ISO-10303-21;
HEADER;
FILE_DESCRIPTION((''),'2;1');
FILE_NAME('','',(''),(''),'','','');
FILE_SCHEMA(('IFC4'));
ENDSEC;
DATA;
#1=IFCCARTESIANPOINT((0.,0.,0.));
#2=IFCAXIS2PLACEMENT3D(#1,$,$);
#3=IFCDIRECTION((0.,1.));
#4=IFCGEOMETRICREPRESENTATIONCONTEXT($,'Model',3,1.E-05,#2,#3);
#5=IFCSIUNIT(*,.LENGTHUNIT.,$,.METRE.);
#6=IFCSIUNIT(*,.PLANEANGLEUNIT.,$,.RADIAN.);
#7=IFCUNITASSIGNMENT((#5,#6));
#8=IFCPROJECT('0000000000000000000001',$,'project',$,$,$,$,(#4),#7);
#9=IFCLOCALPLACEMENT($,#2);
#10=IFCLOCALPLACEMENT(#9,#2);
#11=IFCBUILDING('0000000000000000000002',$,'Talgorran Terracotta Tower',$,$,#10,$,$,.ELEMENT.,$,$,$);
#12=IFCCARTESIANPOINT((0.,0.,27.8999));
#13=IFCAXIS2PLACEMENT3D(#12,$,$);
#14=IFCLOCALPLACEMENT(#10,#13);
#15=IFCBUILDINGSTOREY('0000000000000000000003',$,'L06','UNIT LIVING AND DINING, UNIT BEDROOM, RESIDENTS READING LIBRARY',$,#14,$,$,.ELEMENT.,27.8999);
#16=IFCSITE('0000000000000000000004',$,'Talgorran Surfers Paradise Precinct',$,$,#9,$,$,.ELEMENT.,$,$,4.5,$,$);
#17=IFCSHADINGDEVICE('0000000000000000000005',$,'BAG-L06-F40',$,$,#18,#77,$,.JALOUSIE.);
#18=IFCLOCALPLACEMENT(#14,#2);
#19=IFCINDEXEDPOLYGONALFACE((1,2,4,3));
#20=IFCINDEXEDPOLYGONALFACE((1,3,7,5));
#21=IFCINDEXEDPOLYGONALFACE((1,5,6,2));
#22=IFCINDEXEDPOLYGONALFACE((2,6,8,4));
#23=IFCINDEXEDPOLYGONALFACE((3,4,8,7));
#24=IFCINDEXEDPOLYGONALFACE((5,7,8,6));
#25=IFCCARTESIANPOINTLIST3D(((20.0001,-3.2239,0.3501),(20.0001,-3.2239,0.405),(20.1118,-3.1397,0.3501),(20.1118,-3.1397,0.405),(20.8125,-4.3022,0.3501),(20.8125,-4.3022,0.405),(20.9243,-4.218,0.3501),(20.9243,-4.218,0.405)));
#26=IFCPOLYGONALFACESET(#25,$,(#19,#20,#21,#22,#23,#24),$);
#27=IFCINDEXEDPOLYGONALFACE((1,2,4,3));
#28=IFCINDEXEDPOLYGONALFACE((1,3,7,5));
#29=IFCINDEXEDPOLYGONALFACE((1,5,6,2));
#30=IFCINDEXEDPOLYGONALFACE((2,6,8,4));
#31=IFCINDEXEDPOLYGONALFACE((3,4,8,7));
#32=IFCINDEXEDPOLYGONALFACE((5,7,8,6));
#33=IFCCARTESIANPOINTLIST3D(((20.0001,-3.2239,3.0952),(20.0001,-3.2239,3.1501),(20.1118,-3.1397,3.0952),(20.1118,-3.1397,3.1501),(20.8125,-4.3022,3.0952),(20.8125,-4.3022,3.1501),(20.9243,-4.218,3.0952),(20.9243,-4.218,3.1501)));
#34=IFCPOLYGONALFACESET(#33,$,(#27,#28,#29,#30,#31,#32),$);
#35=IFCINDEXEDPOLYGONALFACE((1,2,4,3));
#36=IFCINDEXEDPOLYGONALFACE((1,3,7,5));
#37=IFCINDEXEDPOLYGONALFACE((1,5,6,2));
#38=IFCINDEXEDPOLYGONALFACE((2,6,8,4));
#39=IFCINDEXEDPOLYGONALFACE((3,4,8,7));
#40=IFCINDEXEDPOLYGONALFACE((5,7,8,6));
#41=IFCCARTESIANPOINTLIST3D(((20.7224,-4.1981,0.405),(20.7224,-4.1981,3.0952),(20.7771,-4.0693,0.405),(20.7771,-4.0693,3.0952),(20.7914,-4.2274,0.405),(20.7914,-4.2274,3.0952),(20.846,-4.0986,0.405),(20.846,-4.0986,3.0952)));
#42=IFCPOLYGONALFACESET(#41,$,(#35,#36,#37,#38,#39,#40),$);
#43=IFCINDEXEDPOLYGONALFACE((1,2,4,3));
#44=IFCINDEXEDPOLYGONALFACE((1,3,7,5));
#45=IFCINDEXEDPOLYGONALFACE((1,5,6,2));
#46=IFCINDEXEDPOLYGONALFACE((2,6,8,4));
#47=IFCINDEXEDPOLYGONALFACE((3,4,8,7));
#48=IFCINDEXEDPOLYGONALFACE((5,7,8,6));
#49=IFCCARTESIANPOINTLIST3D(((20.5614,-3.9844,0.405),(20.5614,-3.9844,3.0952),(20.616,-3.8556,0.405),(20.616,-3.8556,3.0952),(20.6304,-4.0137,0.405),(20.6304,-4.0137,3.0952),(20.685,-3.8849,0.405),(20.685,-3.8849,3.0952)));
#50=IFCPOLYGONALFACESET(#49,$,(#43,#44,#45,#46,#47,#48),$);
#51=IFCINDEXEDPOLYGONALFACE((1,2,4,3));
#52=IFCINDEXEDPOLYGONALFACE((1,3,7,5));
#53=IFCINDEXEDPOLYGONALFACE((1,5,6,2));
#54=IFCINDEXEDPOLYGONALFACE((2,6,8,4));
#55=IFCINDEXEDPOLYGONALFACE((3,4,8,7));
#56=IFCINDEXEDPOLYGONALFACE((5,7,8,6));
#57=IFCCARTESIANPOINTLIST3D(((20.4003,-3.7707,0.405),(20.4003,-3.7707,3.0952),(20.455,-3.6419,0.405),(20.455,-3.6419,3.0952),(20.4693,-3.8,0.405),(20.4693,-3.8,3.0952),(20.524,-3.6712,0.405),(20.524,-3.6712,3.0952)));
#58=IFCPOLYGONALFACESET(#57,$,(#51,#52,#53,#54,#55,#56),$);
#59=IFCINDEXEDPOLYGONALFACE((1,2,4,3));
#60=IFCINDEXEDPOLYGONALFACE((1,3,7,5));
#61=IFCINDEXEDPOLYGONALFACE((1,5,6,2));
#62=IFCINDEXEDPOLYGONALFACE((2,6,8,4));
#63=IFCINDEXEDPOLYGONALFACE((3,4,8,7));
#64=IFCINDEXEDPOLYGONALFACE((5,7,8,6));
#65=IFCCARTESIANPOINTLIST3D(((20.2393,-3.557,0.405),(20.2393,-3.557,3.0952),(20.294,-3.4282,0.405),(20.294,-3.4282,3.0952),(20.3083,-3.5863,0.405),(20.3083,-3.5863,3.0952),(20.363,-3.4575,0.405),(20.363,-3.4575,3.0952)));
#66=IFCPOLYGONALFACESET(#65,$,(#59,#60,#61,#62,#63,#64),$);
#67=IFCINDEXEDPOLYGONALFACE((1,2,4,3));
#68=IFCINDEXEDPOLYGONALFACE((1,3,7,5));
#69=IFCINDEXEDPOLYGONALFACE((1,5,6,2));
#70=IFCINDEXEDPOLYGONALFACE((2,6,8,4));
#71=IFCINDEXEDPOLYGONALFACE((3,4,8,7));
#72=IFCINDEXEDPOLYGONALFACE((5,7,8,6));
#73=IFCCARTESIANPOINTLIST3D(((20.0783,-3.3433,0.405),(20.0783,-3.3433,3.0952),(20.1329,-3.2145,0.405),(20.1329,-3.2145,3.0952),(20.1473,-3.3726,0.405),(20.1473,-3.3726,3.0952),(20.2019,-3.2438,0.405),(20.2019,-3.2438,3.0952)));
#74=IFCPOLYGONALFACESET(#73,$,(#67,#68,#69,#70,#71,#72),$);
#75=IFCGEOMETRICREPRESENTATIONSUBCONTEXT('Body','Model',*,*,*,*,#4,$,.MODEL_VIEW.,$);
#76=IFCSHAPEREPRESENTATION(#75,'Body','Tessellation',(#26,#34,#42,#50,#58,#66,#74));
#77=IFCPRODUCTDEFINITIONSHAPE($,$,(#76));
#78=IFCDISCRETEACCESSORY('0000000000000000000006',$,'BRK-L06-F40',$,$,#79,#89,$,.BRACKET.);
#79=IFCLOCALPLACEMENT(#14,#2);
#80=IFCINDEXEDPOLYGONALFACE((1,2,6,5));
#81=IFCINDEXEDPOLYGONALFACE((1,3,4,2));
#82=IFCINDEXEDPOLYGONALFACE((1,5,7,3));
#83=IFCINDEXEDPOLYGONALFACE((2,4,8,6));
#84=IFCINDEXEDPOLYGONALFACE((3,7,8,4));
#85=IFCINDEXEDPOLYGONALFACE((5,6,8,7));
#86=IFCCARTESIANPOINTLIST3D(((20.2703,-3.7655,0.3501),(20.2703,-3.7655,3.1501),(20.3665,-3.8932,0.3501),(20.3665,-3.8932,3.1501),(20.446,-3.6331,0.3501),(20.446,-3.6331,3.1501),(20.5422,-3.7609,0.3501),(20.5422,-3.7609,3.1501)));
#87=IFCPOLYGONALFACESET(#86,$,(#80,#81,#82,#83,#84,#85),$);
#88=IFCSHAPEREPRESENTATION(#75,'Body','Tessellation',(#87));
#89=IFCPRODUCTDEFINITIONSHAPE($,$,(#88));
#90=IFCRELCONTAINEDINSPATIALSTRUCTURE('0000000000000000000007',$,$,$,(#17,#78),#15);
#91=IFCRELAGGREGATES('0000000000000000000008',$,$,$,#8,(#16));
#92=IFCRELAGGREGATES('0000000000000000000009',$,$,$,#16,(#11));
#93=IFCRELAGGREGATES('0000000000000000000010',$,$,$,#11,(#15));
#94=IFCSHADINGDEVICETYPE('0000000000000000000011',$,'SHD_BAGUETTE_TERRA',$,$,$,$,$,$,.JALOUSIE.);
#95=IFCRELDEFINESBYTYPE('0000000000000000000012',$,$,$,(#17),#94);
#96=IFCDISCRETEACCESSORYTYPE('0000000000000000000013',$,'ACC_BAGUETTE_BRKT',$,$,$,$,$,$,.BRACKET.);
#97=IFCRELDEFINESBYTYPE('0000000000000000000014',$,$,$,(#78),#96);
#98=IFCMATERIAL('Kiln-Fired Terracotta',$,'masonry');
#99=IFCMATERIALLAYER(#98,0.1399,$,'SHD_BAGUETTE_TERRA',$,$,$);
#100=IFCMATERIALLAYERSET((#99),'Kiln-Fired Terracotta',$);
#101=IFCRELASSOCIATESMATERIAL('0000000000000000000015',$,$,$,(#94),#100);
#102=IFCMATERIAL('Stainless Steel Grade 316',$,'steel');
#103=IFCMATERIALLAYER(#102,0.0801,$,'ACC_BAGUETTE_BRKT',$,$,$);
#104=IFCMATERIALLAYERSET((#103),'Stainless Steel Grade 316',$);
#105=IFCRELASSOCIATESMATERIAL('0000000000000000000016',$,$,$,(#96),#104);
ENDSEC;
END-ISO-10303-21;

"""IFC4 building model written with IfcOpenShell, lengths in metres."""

from ifc_helpers import new_model, si_unit, direction, frame, origin, origin_2d, place, context, subcontext, project, spatial, rectangle, extrude, source, transform, mapped, material, layer, layer_set, type_object, type_shapes, element, save


model = new_model("IFC4")

# Units and contexts
model_context = context("Model", 3, precision=1e-05, world=origin(), true_north=direction((0.0, 1.0)))
body_context = subcontext(model_context, "Body", "Model", "MODEL_VIEW")
ifc_project = project(units=[si_unit("LENGTHUNIT", "METRE"), si_unit("PLANEANGLEUNIT", "RADIAN")], contexts=[model_context])

# Site, building, storey
site_placement = place(None, origin())
site = spatial("IfcSite", under=ifc_project, at=site_placement, Name="Talgorran Surfers Paradise Precinct", CompositionType="ELEMENT", RefElevation=4.5)
building_placement = place(site_placement, origin())
building = spatial("IfcBuilding", under=site, at=building_placement, Name="Talgorran Terracotta Tower", CompositionType="ELEMENT")
storey_placement = place(building_placement, frame((0.0, 0.0, 27.8999)))
storey = spatial("IfcBuildingStorey", under=building, at=storey_placement, Name="L06", Description="UNIT LIVING AND DINING, UNIT BEDROOM, RESIDENTS READING LIBRARY", CompositionType="ELEMENT", Elevation=27.8999)

# Shading device
ifc_material_1 = material(Name="Kiln-Fired Terracotta", Category="masonry")
ifc_layer_1 = layer(ifc_material_1, 0.1399, Name="SHD_BAGUETTE_TERRA")
ifc_layer_set_1 = layer_set([ifc_layer_1], Name="Kiln-Fired Terracotta")
shading_device_type = type_object("IfcShadingDeviceType", Name="SHD_BAGUETTE_TERRA", PredefinedType="JALOUSIE", material=ifc_layer_set_1)
shared_shape_1 = source(origin(), body_context, "Body", "SweptSolid", [
    extrude(rectangle(XDim=1.3501, YDim=0.1399, at=origin_2d()), origin(), (0.0, 0.0, 1.0), 0.0549),
    extrude(rectangle(XDim=1.3501, YDim=0.1399, at=origin_2d()), frame((0.0, 0.0, 2.7451)), (0.0, 0.0, 1.0), 0.0549),
    extrude(rectangle(XDim=0.075, YDim=0.1399, at=origin_2d()), frame((-0.5352, 0.0, 0.0549), z_axis=(0.0, 0.0, 1.0), x_axis=(0.866025, 0.5, 0.0)), (0.0, 0.0, 1.0), 2.6902),
    extrude(rectangle(XDim=0.075, YDim=0.1399, at=origin_2d()), frame((-0.2676, 0.0, 0.0549), z_axis=(0.0, 0.0, 1.0), x_axis=(0.866025, 0.5, 0.0)), (0.0, 0.0, 1.0), 2.6902),
    extrude(rectangle(XDim=0.075, YDim=0.1399, at=origin_2d()), frame((0.0, 0.0, 0.0549), z_axis=(0.0, 0.0, 1.0), x_axis=(0.866025, 0.5, 0.0)), (0.0, 0.0, 1.0), 2.6902),
    extrude(rectangle(XDim=0.075, YDim=0.1399, at=origin_2d()), frame((0.2676, 0.0, 0.0549), z_axis=(0.0, 0.0, 1.0), x_axis=(0.866025, 0.5, 0.0)), (0.0, 0.0, 1.0), 2.6902),
    extrude(rectangle(XDim=0.075, YDim=0.1399, at=origin_2d()), frame((0.5352, 0.0, 0.0549), z_axis=(0.0, 0.0, 1.0), x_axis=(0.866025, 0.5, 0.0)), (0.0, 0.0, 1.0), 2.6902),
])
type_shapes(shading_device_type, [shared_shape_1])
shading_device_placement = place(storey_placement, frame((20.4622, -3.7209, 0.3501), z_axis=(0.0, 0.0, 1.0), x_axis=(-0.601801, 0.798646, 0.0)))
element("IfcShadingDevice", 1, at=shading_device_placement, inside=storey, type_object=shading_device_type, Name="BAG-L06-F40", PredefinedType="JALOUSIE", context=body_context, shape_type="MappedRepresentation", body=[
    mapped(shared_shape_1, transform((0.0, 0.0, 0.0), scale=1.0)),
])

# Discrete accessory
ifc_material_2 = material(Name="Stainless Steel Grade 316", Category="steel")
ifc_layer_2 = layer(ifc_material_2, 0.0801, Name="ACC_BAGUETTE_BRKT")
ifc_layer_set_2 = layer_set([ifc_layer_2], Name="Stainless Steel Grade 316")
discrete_accessory_type = type_object("IfcDiscreteAccessoryType", Name="ACC_BAGUETTE_BRKT", PredefinedType="BRACKET", material=ifc_layer_set_2)
shared_shape_2 = source(origin(), body_context, "Body", "SweptSolid", [
    extrude(rectangle(XDim=0.1599, YDim=0.22, at=origin_2d()), origin(), (0.0, 0.0, 1.0), 2.8),
])
type_shapes(discrete_accessory_type, [shared_shape_2])
discrete_accessory_placement = place(storey_placement, frame((20.4062, -3.7632, 0.3501), z_axis=(0.0, 0.0, 1.0), x_axis=(-0.601801, 0.798646, 0.0)))
element("IfcDiscreteAccessory", 2, at=discrete_accessory_placement, inside=storey, type_object=discrete_accessory_type, Name="BRK-L06-F40", PredefinedType="BRACKET", context=body_context, shape_type="MappedRepresentation", body=[
    mapped(shared_shape_2, transform((0.0, 0.0, 0.0), scale=1.0)),
])

save(model, "model.ifc")
